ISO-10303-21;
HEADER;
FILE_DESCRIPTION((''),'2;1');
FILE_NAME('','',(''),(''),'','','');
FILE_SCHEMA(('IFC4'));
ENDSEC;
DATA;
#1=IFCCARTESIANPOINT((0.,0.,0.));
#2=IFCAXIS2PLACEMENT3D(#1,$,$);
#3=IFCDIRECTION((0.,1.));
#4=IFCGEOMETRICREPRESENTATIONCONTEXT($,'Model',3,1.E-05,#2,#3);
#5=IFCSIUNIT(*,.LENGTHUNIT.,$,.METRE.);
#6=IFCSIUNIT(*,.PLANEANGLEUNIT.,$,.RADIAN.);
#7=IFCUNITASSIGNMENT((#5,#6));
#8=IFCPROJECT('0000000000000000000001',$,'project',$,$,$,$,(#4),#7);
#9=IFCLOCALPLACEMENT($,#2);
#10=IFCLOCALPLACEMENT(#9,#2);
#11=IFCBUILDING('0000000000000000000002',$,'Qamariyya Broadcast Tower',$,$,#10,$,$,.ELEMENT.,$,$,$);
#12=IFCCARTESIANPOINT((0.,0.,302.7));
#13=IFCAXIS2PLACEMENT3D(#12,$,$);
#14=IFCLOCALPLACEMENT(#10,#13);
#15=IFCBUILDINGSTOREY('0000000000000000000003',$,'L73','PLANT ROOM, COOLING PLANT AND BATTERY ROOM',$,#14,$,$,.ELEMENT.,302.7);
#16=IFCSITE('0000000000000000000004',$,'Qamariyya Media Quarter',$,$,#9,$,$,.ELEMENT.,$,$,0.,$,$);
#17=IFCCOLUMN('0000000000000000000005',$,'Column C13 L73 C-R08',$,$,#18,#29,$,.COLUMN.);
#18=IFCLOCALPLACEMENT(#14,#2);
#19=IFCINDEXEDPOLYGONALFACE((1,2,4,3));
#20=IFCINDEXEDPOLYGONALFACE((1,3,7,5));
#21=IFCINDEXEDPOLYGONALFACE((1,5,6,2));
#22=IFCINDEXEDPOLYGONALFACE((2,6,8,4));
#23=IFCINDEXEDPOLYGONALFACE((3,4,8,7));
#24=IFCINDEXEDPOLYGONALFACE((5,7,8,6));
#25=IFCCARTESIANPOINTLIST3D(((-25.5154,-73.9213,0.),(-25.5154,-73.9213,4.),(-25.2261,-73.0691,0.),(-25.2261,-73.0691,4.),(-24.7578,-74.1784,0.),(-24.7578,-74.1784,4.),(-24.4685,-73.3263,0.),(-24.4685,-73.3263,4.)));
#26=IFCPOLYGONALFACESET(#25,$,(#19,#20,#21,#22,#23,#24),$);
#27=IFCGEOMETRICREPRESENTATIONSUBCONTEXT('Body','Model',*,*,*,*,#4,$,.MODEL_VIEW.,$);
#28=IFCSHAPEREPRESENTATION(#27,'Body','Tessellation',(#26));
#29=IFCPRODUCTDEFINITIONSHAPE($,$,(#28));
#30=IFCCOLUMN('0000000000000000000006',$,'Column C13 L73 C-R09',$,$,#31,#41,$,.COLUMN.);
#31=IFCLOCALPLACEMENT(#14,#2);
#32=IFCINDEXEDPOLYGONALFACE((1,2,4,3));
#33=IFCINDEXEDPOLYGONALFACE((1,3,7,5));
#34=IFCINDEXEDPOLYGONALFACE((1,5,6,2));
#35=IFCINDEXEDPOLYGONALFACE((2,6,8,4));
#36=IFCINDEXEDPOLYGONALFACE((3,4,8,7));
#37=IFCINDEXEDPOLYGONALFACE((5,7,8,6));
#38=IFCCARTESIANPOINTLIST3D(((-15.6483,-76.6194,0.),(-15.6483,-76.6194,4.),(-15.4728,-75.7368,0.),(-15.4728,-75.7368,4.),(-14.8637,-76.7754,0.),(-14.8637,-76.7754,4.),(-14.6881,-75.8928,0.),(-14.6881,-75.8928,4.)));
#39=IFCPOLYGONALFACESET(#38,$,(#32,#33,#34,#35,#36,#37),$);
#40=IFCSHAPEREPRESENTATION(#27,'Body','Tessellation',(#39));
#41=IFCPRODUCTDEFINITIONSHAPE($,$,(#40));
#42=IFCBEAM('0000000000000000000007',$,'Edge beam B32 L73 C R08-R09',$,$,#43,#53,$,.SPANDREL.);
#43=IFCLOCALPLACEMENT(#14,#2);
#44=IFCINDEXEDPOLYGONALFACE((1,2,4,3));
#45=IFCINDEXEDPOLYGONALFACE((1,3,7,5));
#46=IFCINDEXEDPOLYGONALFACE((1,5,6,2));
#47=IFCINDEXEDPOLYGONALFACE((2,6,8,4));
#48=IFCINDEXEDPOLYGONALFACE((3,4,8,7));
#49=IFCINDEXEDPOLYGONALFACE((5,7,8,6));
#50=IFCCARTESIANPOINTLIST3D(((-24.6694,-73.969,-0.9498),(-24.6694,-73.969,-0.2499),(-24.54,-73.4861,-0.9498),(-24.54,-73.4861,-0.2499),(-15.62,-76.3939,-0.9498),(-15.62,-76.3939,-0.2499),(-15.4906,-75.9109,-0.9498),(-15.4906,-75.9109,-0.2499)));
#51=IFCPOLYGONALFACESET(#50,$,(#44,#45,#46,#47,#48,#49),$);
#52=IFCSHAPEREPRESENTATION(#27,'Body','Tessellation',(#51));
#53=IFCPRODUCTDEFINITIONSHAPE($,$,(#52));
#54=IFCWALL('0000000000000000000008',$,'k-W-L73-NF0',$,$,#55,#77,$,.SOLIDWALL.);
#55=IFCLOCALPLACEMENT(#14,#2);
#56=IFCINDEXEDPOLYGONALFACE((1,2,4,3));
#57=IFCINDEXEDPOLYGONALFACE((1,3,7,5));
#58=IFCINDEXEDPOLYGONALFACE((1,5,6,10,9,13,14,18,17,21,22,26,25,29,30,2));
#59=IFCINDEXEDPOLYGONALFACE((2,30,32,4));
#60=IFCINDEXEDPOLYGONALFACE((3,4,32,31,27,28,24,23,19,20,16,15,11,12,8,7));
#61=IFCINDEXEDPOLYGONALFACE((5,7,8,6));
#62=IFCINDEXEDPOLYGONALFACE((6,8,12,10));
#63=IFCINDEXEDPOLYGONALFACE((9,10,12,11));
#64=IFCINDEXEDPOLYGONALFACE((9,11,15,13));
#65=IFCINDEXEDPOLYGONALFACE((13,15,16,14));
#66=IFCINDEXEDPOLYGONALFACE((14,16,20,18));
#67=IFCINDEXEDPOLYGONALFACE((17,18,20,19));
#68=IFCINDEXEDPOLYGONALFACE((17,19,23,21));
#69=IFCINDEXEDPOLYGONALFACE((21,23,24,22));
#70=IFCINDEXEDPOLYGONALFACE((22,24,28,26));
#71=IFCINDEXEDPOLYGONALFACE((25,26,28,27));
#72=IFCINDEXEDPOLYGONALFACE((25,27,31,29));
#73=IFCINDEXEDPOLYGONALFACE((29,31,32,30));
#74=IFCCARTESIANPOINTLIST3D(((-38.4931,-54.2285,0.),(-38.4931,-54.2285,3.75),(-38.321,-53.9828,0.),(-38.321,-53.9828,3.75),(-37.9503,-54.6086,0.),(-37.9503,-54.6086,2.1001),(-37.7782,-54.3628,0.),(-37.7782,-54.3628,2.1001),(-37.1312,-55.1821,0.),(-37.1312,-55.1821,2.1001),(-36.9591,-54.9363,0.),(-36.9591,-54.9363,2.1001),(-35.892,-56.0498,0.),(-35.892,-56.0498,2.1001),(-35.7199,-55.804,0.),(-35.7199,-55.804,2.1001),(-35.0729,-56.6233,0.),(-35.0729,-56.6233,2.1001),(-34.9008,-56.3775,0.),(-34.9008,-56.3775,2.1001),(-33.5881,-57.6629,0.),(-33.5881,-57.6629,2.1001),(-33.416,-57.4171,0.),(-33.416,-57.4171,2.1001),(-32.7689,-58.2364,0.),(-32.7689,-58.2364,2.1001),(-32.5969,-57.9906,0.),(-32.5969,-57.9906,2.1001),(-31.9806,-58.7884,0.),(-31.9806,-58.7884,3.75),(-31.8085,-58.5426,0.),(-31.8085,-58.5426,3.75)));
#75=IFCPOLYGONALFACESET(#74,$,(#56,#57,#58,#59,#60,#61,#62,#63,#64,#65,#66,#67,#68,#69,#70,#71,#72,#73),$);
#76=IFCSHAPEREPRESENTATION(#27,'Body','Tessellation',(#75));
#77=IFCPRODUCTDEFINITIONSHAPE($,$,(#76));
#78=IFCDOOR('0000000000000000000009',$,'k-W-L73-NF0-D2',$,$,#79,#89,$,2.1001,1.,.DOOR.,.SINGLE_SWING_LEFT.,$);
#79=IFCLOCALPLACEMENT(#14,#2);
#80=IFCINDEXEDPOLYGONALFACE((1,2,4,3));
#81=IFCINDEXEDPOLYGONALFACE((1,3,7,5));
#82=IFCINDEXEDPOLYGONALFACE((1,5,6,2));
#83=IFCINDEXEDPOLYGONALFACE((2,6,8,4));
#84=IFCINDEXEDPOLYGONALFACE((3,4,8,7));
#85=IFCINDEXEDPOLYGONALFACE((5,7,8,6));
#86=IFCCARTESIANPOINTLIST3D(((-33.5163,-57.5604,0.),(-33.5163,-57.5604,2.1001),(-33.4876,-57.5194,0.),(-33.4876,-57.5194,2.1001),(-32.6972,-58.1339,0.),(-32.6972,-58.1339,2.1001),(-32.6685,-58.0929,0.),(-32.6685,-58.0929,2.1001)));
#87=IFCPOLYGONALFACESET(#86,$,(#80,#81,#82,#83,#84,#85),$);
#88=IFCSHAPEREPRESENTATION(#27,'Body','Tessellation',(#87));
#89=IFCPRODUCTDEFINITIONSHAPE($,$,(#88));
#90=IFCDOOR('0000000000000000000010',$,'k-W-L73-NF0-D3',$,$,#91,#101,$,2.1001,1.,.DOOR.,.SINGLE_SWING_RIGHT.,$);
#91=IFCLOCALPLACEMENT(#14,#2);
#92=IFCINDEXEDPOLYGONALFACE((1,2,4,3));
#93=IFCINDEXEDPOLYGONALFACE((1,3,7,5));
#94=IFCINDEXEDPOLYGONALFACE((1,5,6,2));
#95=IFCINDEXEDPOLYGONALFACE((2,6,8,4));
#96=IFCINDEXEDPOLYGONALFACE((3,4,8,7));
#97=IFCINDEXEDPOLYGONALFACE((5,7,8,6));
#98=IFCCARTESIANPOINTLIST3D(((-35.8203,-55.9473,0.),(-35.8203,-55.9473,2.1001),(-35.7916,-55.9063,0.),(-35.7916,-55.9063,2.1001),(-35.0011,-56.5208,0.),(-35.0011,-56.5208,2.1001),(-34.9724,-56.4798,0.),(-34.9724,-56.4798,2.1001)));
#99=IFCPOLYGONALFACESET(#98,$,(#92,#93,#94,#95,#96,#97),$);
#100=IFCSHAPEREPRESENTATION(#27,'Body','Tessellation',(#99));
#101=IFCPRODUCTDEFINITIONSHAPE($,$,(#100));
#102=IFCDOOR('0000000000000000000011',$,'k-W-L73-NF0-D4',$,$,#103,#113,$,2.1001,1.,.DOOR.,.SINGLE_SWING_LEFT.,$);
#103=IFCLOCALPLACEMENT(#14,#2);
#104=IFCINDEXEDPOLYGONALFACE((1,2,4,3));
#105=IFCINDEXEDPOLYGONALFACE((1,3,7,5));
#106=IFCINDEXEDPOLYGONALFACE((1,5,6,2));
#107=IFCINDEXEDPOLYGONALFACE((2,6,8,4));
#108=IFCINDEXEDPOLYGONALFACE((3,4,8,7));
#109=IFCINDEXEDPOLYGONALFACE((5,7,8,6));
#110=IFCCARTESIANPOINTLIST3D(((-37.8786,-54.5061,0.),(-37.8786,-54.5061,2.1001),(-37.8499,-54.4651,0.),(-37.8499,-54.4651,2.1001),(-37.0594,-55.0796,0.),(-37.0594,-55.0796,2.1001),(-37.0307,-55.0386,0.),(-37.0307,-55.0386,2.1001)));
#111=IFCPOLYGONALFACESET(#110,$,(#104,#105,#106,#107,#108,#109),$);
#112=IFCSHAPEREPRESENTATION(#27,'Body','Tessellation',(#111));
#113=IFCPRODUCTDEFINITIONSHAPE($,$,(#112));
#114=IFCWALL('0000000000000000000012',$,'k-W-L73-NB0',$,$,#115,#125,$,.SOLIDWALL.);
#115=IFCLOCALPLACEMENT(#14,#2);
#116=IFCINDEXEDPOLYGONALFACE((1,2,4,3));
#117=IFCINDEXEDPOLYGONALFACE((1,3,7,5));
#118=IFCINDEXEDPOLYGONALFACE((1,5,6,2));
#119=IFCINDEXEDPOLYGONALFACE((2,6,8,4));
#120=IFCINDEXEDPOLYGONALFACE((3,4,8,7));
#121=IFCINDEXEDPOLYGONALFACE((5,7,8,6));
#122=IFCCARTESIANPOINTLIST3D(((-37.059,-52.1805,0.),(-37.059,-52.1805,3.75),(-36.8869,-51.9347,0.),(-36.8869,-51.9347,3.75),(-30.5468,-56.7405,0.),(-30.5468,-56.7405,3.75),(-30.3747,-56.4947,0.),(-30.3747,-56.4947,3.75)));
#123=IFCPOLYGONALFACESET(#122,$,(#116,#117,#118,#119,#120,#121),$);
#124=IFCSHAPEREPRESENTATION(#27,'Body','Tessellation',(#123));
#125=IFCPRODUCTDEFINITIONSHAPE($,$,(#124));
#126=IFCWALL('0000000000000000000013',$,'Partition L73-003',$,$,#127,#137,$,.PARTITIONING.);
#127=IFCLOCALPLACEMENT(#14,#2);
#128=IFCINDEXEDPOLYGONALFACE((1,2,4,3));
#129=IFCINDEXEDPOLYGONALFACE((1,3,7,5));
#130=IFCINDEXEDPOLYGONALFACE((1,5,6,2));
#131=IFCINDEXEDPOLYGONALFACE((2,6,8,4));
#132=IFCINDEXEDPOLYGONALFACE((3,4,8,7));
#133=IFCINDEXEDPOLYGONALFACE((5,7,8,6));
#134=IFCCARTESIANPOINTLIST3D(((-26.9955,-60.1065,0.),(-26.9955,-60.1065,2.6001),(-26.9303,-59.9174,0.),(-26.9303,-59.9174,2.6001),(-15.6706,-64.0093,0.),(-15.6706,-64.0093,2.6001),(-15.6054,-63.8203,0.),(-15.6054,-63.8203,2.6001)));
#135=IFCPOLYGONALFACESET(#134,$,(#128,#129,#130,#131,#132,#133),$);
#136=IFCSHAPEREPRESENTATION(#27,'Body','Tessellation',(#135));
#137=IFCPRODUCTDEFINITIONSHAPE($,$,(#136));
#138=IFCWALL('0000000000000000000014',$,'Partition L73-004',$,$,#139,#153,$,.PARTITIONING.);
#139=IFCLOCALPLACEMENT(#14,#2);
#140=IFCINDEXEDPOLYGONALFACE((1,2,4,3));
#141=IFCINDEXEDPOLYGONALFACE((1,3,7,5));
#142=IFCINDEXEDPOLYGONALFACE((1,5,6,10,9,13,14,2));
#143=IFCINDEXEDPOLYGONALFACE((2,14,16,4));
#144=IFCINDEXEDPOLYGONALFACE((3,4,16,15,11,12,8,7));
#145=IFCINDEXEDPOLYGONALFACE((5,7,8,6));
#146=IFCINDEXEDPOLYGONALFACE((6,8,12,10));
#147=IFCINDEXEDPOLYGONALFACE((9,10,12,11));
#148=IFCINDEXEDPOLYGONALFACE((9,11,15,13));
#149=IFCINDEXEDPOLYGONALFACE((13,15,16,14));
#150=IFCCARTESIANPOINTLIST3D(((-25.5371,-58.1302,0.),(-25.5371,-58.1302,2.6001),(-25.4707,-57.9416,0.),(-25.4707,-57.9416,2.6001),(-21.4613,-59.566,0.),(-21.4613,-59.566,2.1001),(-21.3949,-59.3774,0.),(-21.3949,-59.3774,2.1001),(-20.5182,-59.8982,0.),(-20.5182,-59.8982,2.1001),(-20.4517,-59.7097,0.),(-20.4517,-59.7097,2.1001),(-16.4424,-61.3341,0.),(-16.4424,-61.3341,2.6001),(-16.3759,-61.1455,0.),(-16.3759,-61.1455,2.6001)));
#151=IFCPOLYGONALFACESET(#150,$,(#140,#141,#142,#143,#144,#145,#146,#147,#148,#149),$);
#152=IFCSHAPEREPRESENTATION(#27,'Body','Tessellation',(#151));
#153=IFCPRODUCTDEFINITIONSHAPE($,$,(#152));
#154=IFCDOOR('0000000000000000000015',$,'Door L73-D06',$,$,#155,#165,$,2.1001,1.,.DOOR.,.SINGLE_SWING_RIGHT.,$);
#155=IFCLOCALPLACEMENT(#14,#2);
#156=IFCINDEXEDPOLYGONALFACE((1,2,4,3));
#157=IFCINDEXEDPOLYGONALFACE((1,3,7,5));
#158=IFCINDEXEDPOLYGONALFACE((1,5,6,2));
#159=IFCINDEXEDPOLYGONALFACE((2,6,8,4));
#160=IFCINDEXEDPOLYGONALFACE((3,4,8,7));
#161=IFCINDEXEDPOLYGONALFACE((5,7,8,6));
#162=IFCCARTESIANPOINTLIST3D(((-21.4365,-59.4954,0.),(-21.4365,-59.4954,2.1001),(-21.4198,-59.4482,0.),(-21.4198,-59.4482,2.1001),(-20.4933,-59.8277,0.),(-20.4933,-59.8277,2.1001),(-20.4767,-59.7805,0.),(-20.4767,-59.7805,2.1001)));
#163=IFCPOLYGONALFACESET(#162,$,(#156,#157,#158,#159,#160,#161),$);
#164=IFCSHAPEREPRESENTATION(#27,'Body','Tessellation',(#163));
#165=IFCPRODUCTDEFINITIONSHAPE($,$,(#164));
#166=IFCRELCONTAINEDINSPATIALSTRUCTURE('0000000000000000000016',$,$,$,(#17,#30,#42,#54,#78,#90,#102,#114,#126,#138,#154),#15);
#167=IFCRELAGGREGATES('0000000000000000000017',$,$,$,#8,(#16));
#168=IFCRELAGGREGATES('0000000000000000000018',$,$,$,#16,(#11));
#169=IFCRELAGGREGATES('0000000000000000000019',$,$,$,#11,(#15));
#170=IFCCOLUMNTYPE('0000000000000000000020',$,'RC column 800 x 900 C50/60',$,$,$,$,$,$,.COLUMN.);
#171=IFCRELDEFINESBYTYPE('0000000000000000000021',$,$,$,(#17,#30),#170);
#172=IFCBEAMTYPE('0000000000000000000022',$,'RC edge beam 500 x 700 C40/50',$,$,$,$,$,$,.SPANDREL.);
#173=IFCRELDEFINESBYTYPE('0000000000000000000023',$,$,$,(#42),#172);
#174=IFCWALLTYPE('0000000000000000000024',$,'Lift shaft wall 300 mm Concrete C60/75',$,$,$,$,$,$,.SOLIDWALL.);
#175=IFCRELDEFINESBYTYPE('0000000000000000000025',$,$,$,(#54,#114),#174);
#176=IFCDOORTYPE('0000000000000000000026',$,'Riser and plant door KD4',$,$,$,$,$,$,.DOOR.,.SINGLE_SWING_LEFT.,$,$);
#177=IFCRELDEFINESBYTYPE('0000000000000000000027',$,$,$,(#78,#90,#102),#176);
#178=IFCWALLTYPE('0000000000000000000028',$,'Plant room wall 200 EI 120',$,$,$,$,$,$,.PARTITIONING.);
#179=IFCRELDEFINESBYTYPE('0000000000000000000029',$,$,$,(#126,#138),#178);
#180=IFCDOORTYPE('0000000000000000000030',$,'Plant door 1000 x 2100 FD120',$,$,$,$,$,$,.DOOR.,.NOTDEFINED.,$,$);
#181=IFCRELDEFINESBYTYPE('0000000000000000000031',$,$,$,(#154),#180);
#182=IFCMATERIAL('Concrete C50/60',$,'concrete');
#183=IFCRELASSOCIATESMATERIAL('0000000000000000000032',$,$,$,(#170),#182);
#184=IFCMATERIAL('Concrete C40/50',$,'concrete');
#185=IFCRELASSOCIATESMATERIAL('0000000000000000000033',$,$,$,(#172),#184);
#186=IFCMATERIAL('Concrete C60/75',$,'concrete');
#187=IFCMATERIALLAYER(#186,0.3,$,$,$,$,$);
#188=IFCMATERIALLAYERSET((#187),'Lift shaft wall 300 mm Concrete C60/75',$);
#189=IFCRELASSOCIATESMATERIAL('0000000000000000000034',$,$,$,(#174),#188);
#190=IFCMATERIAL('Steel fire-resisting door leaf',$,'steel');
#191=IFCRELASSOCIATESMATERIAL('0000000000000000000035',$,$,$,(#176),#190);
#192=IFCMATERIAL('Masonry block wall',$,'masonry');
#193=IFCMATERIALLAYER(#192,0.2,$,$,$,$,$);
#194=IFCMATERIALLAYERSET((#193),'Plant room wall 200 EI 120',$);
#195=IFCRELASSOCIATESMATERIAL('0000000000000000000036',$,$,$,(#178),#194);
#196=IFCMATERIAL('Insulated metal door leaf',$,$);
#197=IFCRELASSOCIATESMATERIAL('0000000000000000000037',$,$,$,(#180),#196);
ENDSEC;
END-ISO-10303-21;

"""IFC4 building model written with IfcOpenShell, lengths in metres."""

from ifc_helpers import new_model, si_unit, direction, frame, frame_2d, origin, origin_2d, place, context, subcontext, project, spatial, rectangle, extrude, material, layer, layer_set, material_profile, profile_set, type_object, element, fill, save


model = new_model("IFC4")

# Units and contexts
model_context = context("Model", 3, precision=1e-05, world=origin(), true_north=direction((0.0, 1.0)))
body_context = subcontext(model_context, "Body", "Model", "MODEL_VIEW")
ifc_project = project(units=[si_unit("LENGTHUNIT", "METRE"), si_unit("PLANEANGLEUNIT", "RADIAN")], contexts=[model_context])

# Site, building, storey
site_placement = place(None, origin())
site = spatial("IfcSite", under=ifc_project, at=site_placement, Name="Qamariyya Media Quarter", CompositionType="ELEMENT", RefElevation=0.0)
building_placement = place(site_placement, origin())
building = spatial("IfcBuilding", under=site, at=building_placement, Name="Qamariyya Broadcast Tower", CompositionType="ELEMENT")
storey_placement = place(building_placement, frame((0.0, 0.0, 302.7)))
storey = spatial("IfcBuildingStorey", under=building, at=storey_placement, Name="L73", Description="PLANT ROOM, COOLING PLANT AND BATTERY ROOM", CompositionType="ELEMENT", Elevation=302.7)

# Columns
ifc_material_1 = material(Name="Concrete C50/60", Category="concrete")
ifc_material_profile_1 = material_profile(ifc_material_1, rectangle(XDim=0.8, YDim=0.8999, at=origin_2d()))
ifc_profile_set_1 = profile_set([ifc_material_profile_1], Name="Concrete C50/60")
column_type = type_object("IfcColumnType", Name="RC column 800 x 900 C50/60", PredefinedType="COLUMN", material=ifc_profile_set_1)
for number, where, z_axis, x_axis, name in (
    (1, (-24.9919, -73.6238, 0.0), (0.0, 0.0, 1.0), (0.94693, -0.321439, 0.0), "Column C13 L73 C-R08"),
    (2, (-15.1682, -76.2561, 0.0), (0.0, 0.0, 1.0), (0.980785, -0.19509, 0.0), "Column C13 L73 C-R09"),
):
    element("IfcColumn", number, at=place(storey_placement, frame(where, z_axis=z_axis, x_axis=x_axis)), inside=storey, type_object=column_type, Name=name, PredefinedType="COLUMN", context=body_context, shape_type="SweptSolid", body=[
        extrude(rectangle(XDim=0.8, YDim=0.8999, at=origin_2d()), origin(), (0.0, 0.0, 1.0), 4.0),
    ])

# Beam
ifc_material_2 = material(Name="Concrete C40/50", Category="concrete")
ifc_material_profile_2 = material_profile(ifc_material_2, rectangle(XDim=0.5, YDim=0.7, at=origin_2d()))
ifc_profile_set_2 = profile_set([ifc_material_profile_2], Name="Concrete C40/50")
beam_type = type_object("IfcBeamType", Name="RC edge beam 500 x 700 C40/50", PredefinedType="SPANDREL", material=ifc_profile_set_2)
beam_placement = place(storey_placement, frame((-24.6047, -73.7275, -0.5999), z_axis=(0.965925, -0.258824, 0.0), x_axis=(0.258824, 0.965925, 0.0)))
element("IfcBeam", 3, at=beam_placement, inside=storey, type_object=beam_type, Name="Edge beam B32 L73 C R08-R09", PredefinedType="SPANDREL", context=body_context, shape_type="SweptSolid", body=[
    extrude(rectangle(XDim=0.5, YDim=0.7, at=origin_2d()), origin(), (0.0, 0.0, 1.0), 9.3687),
])

# Wall, openings, doors
ifc_material_3 = material(Name="Concrete C60/75", Category="concrete")
ifc_layer_1 = layer(ifc_material_3, 0.3)
ifc_layer_set_1 = layer_set([ifc_layer_1], Name="Lift shaft wall 300 mm Concrete C60/75")
wall_type_1 = type_object("IfcWallType", Name="Lift shaft wall 300 mm Concrete C60/75", PredefinedType="SOLIDWALL", material=ifc_layer_set_1)
wall_1_placement = place(storey_placement, frame((-31.8945, -58.6655, 0.0), z_axis=(0.0, 0.0, 1.0), x_axis=(-0.819167, 0.573555, 0.0)))
wall_1 = element("IfcWall", 4, at=wall_1_placement, inside=storey, type_object=wall_type_1, Name="k-W-L73-NF0", PredefinedType="SOLIDWALL", context=body_context, shape_type="SweptSolid", body=[
    extrude(rectangle(XDim=7.9502, YDim=0.3, at=frame_2d((3.9751, 0.0))), origin(), (0.0, 0.0, 1.0), 3.75),
])
opening_1_placement = place(wall_1_placement, frame((0.9624, 0.0, 0.0)))
opening_1 = element("IfcOpeningElement", 5, at=opening_1_placement, cuts=wall_1, PredefinedType="OPENING", context=body_context, shape_type="SweptSolid", body=[
    extrude(rectangle(XDim=1.0, YDim=2.1001, at=frame_2d((0.5, 1.05))), frame((0.0, 0.1599, 0.0), z_axis=(0.0, -1.0, 0.0), x_axis=(1.0, 0.0, 0.0)), (0.0, 0.0, 1.0), 0.3201),
])
opening_2_placement = place(wall_1_placement, frame((3.7749, 0.0, 0.0)))
opening_2 = element("IfcOpeningElement", 6, at=opening_2_placement, cuts=wall_1, PredefinedType="OPENING", context=body_context, shape_type="SweptSolid", body=[
    extrude(rectangle(XDim=1.0, YDim=2.1001, at=frame_2d((0.5, 1.05))), frame((0.0, 0.1599, 0.0), z_axis=(0.0, -1.0, 0.0), x_axis=(1.0, 0.0, 0.0)), (0.0, 0.0, 1.0), 0.3201),
])
opening_3_placement = place(wall_1_placement, frame((6.2876, 0.0, 0.0)))
opening_3 = element("IfcOpeningElement", 7, at=opening_3_placement, cuts=wall_1, PredefinedType="OPENING", context=body_context, shape_type="SweptSolid", body=[
    extrude(rectangle(XDim=1.0, YDim=2.1001, at=frame_2d((0.5, 1.05))), frame((0.0, 0.1599, 0.0), z_axis=(0.0, -1.0, 0.0), x_axis=(1.0, 0.0, 0.0)), (0.0, 0.0, 1.0), 0.3201),
])
ifc_material_4 = material(Name="Steel fire-resisting door leaf", Category="steel")
door_type_1 = type_object("IfcDoorType", Name="Riser and plant door KD4", OperationType="SINGLE_SWING_LEFT", PredefinedType="DOOR", material=ifc_material_4)
door_1_placement = place(opening_1_placement, origin())
door_1 = element("IfcDoor", 8, at=door_1_placement, inside=storey, type_object=door_type_1, Name="k-W-L73-NF0-D2", OperationType="SINGLE_SWING_LEFT", OverallHeight=2.1001, OverallWidth=1.0, PredefinedType="DOOR", context=body_context, shape_type="SweptSolid", body=[
    extrude(rectangle(XDim=1.0, YDim=2.1001, at=frame_2d((0.5, 1.05))), frame((0.0, 0.0249, 0.0), z_axis=(0.0, -1.0, 0.0), x_axis=(1.0, 0.0, 0.0)), (0.0, 0.0, 1.0), 0.05),
])
fill(opening_1, door_1)
door_2_placement = place(opening_2_placement, origin())
door_2 = element("IfcDoor", 9, at=door_2_placement, inside=storey, type_object=door_type_1, Name="k-W-L73-NF0-D3", OperationType="SINGLE_SWING_RIGHT", OverallHeight=2.1001, OverallWidth=1.0, PredefinedType="DOOR", context=body_context, shape_type="SweptSolid", body=[
    extrude(rectangle(XDim=1.0, YDim=2.1001, at=frame_2d((0.5, 1.05))), frame((0.0, 0.0249, 0.0), z_axis=(0.0, -1.0, 0.0), x_axis=(1.0, 0.0, 0.0)), (0.0, 0.0, 1.0), 0.05),
])
fill(opening_2, door_2)
door_3_placement = place(opening_3_placement, origin())
door_3 = element("IfcDoor", 10, at=door_3_placement, inside=storey, type_object=door_type_1, Name="k-W-L73-NF0-D4", OperationType="SINGLE_SWING_LEFT", OverallHeight=2.1001, OverallWidth=1.0, PredefinedType="DOOR", context=body_context, shape_type="SweptSolid", body=[
    extrude(rectangle(XDim=1.0, YDim=2.1001, at=frame_2d((0.5, 1.05))), frame((0.0, 0.0249, 0.0), z_axis=(0.0, -1.0, 0.0), x_axis=(1.0, 0.0, 0.0)), (0.0, 0.0, 1.0), 0.05),
])
fill(opening_3, door_3)

# Wall
wall_2_placement = place(storey_placement, frame((-30.4607, -56.6177, 0.0), z_axis=(0.0, 0.0, 1.0), x_axis=(-0.819142, 0.57359, 0.0)))
element("IfcWall", 11, at=wall_2_placement, inside=storey, type_object=wall_type_1, Name="k-W-L73-NB0", PredefinedType="SOLIDWALL", context=body_context, shape_type="SweptSolid", body=[
    extrude(rectangle(XDim=7.95, YDim=0.3, at=frame_2d((3.9751, 0.0))), origin(), (0.0, 0.0, 1.0), 3.75),
])

# Shared definitions
ifc_material_5 = material(Name="Masonry block wall", Category="masonry")
ifc_layer_2 = layer(ifc_material_5, 0.2)
ifc_layer_set_2 = layer_set([ifc_layer_2], Name="Plant room wall 200 EI 120")
wall_type_2 = type_object("IfcWallType", Name="Plant room wall 200 EI 120", PredefinedType="PARTITIONING", material=ifc_layer_set_2)
ifc_material_6 = material(Name="Insulated metal door leaf")

# Wall
wall_3_placement = place(storey_placement, frame((-26.9629, -60.012, 0.0), z_axis=(0.0, 0.0, 1.0), x_axis=(0.945433, -0.325817, 0.0)))
element("IfcWall", 12, at=wall_3_placement, inside=storey, type_object=wall_type_2, Name="Partition L73-003", PredefinedType="PARTITIONING", context=body_context, shape_type="SweptSolid", body=[
    extrude(rectangle(XDim=11.9785, YDim=0.2, at=frame_2d((5.9893, 0.0))), origin(), (0.0, 0.0, 1.0), 2.6001),
])

# Wall, opening, door
wall_4_placement = place(storey_placement, frame((-25.5039, -58.0359, 0.0), z_axis=(0.0, 0.0, 1.0), x_axis=(0.943187, -0.332262, 0.0)))
wall_4 = element("IfcWall", 13, at=wall_4_placement, inside=storey, type_object=wall_type_2, Name="Partition L73-004", PredefinedType="PARTITIONING", context=body_context, shape_type="SweptSolid", body=[
    extrude(rectangle(XDim=9.6426, YDim=0.2, at=frame_2d((4.8213, 0.0))), origin(), (0.0, 0.0, 1.0), 2.6001),
])
opening_4_placement = place(wall_4_placement, frame((4.3213, 0.0, 0.0)))
opening_4 = element("IfcOpeningElement", 14, at=opening_4_placement, cuts=wall_4, PredefinedType="OPENING", context=body_context, shape_type="SweptSolid", body=[
    extrude(rectangle(XDim=1.0, YDim=2.1001, at=frame_2d((0.5, 1.05))), frame((0.0, 0.1099, 0.0), z_axis=(0.0, -1.0, 0.0), x_axis=(1.0, 0.0, 0.0)), (0.0, 0.0, 1.0), 0.22),
])
door_type_2 = type_object("IfcDoorType", Name="Plant door 1000 x 2100 FD120", OperationType="NOTDEFINED", PredefinedType="DOOR", material=ifc_material_6)
door_4_placement = place(opening_4_placement, origin())
door_4 = element("IfcDoor", 15, at=door_4_placement, inside=storey, type_object=door_type_2, Name="Door L73-D06", OperationType="SINGLE_SWING_RIGHT", OverallHeight=2.1001, OverallWidth=1.0, PredefinedType="DOOR", context=body_context, shape_type="SweptSolid", body=[
    extrude(rectangle(XDim=1.0, YDim=2.1001, at=frame_2d((0.5, 1.05))), frame((0.0, 0.0249, 0.0), z_axis=(0.0, -1.0, 0.0), x_axis=(1.0, 0.0, 0.0)), (0.0, 0.0, 1.0), 0.05),
])
fill(opening_4, door_4)

save(model, "model.ifc")
